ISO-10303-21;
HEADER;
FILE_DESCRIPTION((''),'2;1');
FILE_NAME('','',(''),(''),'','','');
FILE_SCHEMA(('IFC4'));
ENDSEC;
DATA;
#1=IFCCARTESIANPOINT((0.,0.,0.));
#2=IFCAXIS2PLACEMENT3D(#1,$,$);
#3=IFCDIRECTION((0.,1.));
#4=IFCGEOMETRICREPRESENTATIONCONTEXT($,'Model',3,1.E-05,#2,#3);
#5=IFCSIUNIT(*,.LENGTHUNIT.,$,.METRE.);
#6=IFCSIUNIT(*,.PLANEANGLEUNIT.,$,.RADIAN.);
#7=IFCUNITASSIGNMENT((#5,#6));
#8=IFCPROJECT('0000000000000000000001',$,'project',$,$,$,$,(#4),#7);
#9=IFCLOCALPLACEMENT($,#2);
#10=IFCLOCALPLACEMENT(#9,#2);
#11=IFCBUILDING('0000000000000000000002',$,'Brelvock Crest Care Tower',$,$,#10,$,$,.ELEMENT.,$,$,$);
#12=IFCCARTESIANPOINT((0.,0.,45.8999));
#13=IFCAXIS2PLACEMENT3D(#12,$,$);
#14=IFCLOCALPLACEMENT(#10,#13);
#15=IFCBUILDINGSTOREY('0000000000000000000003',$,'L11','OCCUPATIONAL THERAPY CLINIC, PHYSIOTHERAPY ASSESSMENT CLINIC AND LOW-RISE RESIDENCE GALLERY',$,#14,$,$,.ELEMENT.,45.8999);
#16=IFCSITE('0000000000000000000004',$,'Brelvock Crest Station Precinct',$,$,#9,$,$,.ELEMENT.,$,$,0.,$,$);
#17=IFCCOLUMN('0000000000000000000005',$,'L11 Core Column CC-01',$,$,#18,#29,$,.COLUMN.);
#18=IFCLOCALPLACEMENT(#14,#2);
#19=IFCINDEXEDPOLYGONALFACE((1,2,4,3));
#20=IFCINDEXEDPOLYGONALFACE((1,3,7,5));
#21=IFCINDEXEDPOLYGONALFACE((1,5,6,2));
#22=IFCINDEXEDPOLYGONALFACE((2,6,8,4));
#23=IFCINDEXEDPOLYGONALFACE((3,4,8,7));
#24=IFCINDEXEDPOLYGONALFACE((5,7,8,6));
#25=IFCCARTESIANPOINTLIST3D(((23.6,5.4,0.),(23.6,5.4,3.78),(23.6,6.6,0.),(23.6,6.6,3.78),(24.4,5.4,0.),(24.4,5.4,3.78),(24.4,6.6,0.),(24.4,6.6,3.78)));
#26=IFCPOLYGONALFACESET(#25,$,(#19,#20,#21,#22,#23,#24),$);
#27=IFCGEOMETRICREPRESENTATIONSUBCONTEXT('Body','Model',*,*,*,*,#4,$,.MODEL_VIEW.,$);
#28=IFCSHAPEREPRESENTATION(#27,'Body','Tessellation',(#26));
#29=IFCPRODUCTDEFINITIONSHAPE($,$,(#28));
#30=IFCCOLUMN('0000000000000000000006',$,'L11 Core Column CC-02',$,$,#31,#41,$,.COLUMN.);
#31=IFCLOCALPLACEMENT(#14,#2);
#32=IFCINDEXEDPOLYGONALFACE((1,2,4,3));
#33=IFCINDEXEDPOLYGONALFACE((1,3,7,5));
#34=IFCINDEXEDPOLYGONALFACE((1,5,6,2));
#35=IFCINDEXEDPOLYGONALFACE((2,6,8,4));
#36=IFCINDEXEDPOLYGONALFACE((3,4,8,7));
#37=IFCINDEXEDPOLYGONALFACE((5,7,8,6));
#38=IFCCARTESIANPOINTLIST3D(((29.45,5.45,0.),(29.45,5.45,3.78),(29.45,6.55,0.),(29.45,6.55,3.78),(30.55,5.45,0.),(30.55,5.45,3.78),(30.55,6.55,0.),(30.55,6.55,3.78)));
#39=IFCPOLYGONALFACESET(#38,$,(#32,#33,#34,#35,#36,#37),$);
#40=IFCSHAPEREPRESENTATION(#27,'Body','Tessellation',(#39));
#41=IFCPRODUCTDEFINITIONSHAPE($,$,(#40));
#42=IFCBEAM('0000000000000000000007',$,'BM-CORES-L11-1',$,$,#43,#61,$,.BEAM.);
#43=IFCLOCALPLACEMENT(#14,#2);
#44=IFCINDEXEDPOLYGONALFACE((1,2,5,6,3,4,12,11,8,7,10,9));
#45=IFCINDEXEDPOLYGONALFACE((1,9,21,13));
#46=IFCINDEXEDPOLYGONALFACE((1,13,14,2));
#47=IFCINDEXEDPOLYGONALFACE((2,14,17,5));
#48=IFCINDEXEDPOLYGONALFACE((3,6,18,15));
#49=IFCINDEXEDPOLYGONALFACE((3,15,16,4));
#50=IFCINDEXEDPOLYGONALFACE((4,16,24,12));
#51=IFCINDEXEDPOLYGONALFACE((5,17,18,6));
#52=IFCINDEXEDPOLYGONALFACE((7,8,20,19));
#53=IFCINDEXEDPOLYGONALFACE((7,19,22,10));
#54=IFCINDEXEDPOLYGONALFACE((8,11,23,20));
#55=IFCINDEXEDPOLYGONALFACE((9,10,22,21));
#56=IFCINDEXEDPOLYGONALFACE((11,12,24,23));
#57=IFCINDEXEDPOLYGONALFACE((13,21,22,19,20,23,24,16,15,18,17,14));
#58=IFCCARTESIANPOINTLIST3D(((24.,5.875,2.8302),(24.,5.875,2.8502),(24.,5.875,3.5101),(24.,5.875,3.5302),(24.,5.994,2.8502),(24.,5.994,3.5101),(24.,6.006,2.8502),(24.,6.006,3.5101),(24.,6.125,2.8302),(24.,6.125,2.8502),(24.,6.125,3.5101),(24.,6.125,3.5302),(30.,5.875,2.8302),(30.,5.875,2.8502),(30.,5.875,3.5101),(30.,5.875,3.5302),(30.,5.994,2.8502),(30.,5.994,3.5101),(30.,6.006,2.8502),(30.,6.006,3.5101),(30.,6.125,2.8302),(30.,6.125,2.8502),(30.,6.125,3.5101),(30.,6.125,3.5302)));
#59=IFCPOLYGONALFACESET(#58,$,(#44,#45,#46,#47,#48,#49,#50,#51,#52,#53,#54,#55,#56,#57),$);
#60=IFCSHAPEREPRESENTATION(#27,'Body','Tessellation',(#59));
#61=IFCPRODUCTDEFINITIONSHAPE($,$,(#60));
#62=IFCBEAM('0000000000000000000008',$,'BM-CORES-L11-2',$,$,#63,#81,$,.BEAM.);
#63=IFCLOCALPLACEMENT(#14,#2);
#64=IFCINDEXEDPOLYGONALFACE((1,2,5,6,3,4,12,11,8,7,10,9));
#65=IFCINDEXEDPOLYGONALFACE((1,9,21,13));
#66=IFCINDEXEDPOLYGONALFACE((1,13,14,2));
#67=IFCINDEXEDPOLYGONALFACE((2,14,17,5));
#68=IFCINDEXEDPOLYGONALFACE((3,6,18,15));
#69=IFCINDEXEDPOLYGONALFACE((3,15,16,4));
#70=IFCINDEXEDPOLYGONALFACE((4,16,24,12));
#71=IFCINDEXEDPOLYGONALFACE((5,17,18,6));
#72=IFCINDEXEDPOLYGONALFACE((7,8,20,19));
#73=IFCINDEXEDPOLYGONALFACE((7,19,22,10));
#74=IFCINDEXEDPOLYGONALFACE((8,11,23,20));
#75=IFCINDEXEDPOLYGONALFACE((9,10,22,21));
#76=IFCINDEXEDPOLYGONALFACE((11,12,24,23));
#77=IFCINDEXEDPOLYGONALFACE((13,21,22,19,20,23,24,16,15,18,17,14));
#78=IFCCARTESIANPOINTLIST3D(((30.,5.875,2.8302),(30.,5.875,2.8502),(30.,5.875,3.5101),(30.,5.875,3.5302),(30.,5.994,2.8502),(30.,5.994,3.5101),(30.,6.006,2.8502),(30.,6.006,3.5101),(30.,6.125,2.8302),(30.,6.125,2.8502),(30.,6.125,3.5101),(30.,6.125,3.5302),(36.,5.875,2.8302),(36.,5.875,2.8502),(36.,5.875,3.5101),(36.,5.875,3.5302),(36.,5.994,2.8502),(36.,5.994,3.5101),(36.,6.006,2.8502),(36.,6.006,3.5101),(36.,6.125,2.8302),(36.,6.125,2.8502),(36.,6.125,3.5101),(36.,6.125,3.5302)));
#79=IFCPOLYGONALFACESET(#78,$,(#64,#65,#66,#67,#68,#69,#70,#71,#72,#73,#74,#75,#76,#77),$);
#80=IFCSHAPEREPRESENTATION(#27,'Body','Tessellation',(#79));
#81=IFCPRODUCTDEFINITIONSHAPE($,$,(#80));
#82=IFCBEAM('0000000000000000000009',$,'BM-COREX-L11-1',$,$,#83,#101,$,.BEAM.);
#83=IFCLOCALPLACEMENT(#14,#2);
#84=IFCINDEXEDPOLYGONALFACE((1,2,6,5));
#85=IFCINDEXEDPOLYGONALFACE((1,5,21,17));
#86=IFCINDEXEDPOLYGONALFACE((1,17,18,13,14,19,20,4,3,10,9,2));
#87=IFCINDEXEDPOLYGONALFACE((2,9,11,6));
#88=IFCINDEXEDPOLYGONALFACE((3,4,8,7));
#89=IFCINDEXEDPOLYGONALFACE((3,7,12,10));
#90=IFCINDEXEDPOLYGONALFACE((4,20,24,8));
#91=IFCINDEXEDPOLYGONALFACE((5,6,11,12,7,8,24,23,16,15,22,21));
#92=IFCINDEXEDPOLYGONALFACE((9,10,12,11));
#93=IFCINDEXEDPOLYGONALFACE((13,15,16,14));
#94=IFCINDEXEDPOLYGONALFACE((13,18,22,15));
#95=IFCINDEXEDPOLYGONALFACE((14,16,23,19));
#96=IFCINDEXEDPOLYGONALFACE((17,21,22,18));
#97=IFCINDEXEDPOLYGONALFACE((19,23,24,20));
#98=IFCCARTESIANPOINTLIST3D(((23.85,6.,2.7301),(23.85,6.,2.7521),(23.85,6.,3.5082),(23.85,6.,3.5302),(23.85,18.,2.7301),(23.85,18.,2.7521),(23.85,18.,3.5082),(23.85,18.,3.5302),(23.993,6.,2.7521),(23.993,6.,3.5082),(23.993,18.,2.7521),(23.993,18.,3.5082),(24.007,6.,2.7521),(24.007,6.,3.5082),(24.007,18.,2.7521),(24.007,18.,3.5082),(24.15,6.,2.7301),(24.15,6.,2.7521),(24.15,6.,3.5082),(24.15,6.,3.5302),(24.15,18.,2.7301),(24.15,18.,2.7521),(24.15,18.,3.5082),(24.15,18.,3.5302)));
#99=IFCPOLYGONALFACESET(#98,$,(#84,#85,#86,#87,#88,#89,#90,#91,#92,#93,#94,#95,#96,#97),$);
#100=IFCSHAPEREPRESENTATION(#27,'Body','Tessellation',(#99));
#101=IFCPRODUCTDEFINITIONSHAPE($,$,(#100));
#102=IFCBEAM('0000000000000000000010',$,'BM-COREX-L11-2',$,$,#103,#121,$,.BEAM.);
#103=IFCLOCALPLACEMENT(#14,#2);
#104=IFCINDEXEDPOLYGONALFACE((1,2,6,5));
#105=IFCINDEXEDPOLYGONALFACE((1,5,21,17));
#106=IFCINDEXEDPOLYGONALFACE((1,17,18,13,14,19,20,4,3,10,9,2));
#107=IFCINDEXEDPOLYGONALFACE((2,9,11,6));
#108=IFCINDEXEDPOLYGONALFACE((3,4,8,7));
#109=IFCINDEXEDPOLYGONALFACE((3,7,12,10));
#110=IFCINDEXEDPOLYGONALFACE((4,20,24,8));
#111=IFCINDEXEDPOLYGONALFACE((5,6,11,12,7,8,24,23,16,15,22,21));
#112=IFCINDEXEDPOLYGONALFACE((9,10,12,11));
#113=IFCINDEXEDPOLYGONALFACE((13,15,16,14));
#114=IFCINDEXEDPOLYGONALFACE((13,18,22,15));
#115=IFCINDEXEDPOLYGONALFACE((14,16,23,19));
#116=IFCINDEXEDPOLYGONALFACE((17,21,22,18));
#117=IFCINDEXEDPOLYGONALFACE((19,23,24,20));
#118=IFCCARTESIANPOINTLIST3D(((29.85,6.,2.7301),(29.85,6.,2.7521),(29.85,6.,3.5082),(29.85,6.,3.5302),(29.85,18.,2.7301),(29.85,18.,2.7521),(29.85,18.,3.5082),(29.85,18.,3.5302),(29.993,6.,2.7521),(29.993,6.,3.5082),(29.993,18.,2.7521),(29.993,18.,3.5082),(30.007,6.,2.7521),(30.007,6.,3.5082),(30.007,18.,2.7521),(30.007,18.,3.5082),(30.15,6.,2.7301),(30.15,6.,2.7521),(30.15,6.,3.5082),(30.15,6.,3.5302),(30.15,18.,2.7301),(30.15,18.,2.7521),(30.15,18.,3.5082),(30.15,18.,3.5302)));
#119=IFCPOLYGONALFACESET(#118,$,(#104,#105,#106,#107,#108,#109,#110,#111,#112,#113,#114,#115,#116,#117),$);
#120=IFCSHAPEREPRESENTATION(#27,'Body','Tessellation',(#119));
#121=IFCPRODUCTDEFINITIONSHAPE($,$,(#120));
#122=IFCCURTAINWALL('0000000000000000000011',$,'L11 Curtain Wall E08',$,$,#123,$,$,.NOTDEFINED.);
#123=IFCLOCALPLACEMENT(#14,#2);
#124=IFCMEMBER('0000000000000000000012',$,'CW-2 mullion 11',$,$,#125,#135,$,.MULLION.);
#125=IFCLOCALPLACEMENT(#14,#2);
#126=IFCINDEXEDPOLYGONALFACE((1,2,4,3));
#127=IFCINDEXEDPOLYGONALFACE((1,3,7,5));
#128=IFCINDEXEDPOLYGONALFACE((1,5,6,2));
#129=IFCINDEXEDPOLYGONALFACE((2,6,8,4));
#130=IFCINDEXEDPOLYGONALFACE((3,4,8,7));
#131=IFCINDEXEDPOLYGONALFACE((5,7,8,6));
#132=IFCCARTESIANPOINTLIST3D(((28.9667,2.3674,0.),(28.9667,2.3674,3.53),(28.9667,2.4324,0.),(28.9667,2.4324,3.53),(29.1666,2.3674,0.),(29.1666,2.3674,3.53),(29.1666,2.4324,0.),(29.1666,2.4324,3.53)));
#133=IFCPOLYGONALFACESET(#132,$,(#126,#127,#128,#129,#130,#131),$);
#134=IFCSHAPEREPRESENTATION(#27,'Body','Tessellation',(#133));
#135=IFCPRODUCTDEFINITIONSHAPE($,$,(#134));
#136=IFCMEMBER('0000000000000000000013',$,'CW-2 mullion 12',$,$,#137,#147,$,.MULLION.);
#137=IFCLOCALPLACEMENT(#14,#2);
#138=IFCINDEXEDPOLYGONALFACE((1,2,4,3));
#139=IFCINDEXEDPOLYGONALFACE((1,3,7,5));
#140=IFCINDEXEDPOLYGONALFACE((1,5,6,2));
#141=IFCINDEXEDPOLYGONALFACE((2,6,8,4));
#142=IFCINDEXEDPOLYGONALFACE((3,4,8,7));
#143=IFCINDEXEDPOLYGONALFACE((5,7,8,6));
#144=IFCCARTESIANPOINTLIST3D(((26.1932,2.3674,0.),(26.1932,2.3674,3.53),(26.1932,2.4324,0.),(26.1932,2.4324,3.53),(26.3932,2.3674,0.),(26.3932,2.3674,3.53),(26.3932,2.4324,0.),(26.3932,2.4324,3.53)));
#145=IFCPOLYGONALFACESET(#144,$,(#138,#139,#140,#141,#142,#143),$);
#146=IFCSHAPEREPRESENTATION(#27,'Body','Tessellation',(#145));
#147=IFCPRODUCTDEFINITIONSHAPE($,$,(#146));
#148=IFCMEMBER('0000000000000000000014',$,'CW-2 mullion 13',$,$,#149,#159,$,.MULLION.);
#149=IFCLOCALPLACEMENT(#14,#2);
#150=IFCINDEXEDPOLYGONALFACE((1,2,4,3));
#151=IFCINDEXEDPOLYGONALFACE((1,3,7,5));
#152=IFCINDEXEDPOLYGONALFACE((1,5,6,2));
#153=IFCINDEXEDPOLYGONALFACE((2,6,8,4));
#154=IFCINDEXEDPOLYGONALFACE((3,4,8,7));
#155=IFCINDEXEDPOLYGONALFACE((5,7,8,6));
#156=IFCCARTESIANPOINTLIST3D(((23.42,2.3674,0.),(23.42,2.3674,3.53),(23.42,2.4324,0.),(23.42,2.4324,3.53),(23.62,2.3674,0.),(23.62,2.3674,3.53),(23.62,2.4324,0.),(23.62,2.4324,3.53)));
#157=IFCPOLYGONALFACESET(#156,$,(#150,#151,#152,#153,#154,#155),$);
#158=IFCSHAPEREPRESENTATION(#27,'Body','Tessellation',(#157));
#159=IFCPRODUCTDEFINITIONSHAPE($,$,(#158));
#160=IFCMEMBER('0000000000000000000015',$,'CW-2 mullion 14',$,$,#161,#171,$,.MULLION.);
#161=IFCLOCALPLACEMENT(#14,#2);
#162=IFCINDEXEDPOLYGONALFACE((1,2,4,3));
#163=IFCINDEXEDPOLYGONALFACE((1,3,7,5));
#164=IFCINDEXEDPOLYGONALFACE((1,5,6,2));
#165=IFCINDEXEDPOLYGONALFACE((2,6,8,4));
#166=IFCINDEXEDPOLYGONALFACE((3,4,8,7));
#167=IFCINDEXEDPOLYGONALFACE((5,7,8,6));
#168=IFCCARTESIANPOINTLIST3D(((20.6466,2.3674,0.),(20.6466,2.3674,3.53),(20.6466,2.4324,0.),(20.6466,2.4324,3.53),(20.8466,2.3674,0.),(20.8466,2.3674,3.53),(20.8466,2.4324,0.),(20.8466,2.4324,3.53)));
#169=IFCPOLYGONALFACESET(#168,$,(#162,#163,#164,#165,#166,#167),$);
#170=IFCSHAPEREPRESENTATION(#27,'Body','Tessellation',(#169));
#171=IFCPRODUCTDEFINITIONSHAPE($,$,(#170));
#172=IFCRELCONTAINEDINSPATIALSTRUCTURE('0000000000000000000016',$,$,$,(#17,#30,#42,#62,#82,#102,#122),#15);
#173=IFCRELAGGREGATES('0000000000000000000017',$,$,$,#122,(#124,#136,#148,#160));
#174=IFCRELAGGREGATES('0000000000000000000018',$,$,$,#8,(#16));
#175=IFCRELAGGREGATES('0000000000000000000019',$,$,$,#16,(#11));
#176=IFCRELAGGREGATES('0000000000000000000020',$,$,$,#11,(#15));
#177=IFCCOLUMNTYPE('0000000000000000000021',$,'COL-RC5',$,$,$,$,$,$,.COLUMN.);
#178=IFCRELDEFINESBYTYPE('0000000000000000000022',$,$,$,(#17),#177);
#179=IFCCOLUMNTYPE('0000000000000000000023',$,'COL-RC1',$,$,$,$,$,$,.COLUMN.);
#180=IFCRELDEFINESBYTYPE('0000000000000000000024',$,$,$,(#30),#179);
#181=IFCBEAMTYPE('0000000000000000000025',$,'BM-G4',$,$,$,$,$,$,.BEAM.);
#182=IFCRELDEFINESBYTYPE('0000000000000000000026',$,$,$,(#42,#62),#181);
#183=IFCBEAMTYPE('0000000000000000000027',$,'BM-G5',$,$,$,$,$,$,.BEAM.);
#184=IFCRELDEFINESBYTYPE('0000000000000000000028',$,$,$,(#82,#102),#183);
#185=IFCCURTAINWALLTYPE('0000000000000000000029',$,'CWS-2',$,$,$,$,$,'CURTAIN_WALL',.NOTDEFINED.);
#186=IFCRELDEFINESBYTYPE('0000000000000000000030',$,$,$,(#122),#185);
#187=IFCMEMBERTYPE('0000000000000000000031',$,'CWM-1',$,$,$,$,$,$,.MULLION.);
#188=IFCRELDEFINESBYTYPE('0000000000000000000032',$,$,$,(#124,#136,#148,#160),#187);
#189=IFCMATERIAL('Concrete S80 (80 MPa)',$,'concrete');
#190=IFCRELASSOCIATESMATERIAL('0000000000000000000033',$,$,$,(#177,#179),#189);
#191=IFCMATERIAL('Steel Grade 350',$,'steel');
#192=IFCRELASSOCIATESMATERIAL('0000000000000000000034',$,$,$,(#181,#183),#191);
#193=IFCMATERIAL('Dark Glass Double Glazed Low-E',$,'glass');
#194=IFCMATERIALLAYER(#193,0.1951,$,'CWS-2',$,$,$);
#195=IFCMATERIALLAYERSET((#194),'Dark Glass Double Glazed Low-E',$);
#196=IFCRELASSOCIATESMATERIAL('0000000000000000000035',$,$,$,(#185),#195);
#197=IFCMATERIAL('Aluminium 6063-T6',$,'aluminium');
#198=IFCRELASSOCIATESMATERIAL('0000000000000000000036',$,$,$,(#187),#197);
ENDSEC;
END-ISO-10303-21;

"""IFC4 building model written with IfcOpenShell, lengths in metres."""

from ifc_helpers import new_model, si_unit, direction, frame, origin, origin_2d, place, context, subcontext, project, spatial, rectangle, i_section, extrude, source, transform, mapped, material, layer, layer_set, material_profile, profile_set, type_object, element, aggregate, save


model = new_model("IFC4")

# Units and contexts
model_context = context("Model", 3, precision=1e-05, world=origin(), true_north=direction((0.0, 1.0)))
body_context = subcontext(model_context, "Body", "Model", "MODEL_VIEW")
ifc_project = project(units=[si_unit("LENGTHUNIT", "METRE"), si_unit("PLANEANGLEUNIT", "RADIAN")], contexts=[model_context])

# Site, building, storey
site_placement = place(None, origin())
site = spatial("IfcSite", under=ifc_project, at=site_placement, Name="Brelvock Crest Station Precinct", CompositionType="ELEMENT", RefElevation=0.0)
building_placement = place(site_placement, origin())
building = spatial("IfcBuilding", under=site, at=building_placement, Name="Brelvock Crest Care Tower", CompositionType="ELEMENT")
storey_placement = place(building_placement, frame((0.0, 0.0, 45.8999)))
storey = spatial("IfcBuildingStorey", under=building, at=storey_placement, Name="L11", Description="OCCUPATIONAL THERAPY CLINIC, PHYSIOTHERAPY ASSESSMENT CLINIC AND LOW-RISE RESIDENCE GALLERY", CompositionType="ELEMENT", Elevation=45.8999)

# Columns
ifc_material_1 = material(Name="Concrete S80 (80 MPa)", Category="concrete")
ifc_material_profile_1 = material_profile(ifc_material_1, rectangle(XDim=0.8, YDim=1.2, at=origin_2d()), Name="RC800x1200")
ifc_profile_set_1 = profile_set([ifc_material_profile_1], Name="Concrete S80 (80 MPa)")
column_type_1 = type_object("IfcColumnType", Name="COL-RC5", PredefinedType="COLUMN", material=ifc_profile_set_1)
shared_shape_1 = source(origin(), body_context, "Body", "SweptSolid", [
    extrude(rectangle(XDim=0.8, YDim=1.2, at=origin_2d()), origin(), (0.0, 0.0, 1.0), 3.78),
])
column_1_placement = place(storey_placement, frame((24.0, 6.0, 0.0), z_axis=(0.0, 0.0, 1.0), x_axis=(1.0, 0.0, 0.0)))
element("IfcColumn", 1, at=column_1_placement, inside=storey, type_object=column_type_1, Name="L11 Core Column CC-01", PredefinedType="COLUMN", context=body_context, shape_type="MappedRepresentation", body=[
    mapped(shared_shape_1, transform((0.0, 0.0, 0.0), x_axis=(1.0, 0.0, 0.0), y_axis=(0.0, 1.0, 0.0), z_axis=(0.0, 0.0, 1.0), scale=1.0)),
])
ifc_material_profile_2 = material_profile(ifc_material_1, rectangle(XDim=1.1001, YDim=1.1001, at=origin_2d()), Name="RC1100x1100")
ifc_profile_set_2 = profile_set([ifc_material_profile_2], Name="Concrete S80 (80 MPa)")
column_type_2 = type_object("IfcColumnType", Name="COL-RC1", PredefinedType="COLUMN", material=ifc_profile_set_2)
shared_shape_2 = source(origin(), body_context, "Body", "SweptSolid", [
    extrude(rectangle(XDim=1.1001, YDim=1.1001, at=origin_2d()), origin(), (0.0, 0.0, 1.0), 3.78),
])
column_2_placement = place(storey_placement, frame((30.0, 6.0, 0.0), z_axis=(0.0, 0.0, 1.0), x_axis=(1.0, 0.0, 0.0)))
element("IfcColumn", 2, at=column_2_placement, inside=storey, type_object=column_type_2, Name="L11 Core Column CC-02", PredefinedType="COLUMN", context=body_context, shape_type="MappedRepresentation", body=[
    mapped(shared_shape_2, transform((0.0, 0.0, 0.0), x_axis=(1.0, 0.0, 0.0), y_axis=(0.0, 1.0, 0.0), z_axis=(0.0, 0.0, 1.0), scale=1.0)),
])

# Beams
ifc_material_2 = material(Name="Steel Grade 350", Category="steel")
ifc_material_profile_3 = material_profile(ifc_material_2, i_section(OverallWidth=0.25, OverallDepth=0.7, WebThickness=0.012, FlangeThickness=0.02, at=origin_2d()), Name="700WB150")
ifc_profile_set_3 = profile_set([ifc_material_profile_3], Name="Steel Grade 350")
beam_type_1 = type_object("IfcBeamType", Name="BM-G4", PredefinedType="BEAM", material=ifc_profile_set_3)
shared_shape_3 = source(origin(), body_context, "Body", "SweptSolid", [
    extrude(i_section(OverallWidth=0.25, OverallDepth=0.7, WebThickness=0.012, FlangeThickness=0.02, at=origin_2d()), origin(), (0.0, 0.0, 1.0), 6.0),
])
for number, where, z_axis, x_axis, name in (
    (3, (24.0, 6.0, 3.1802), (1.0, 0.0, 0.0), (0.0, 1.0, 0.0), "BM-CORES-L11-1"),
    (4, (30.0, 6.0, 3.1802), (1.0, 0.0, 0.0), (0.0, 1.0, 0.0), "BM-CORES-L11-2"),
):
    element("IfcBeam", number, at=place(storey_placement, frame(where, z_axis=z_axis, x_axis=x_axis)), inside=storey, type_object=beam_type_1, Name=name, PredefinedType="BEAM", context=body_context, shape_type="MappedRepresentation", body=[
        mapped(shared_shape_3, transform((0.0, 0.0, 0.0), x_axis=(1.0, 0.0, 0.0), y_axis=(0.0, 1.0, 0.0), z_axis=(0.0, 0.0, 1.0), scale=1.0)),
    ])
ifc_material_profile_4 = material_profile(ifc_material_2, i_section(OverallWidth=0.3, OverallDepth=0.8, WebThickness=0.0139, FlangeThickness=0.022, at=origin_2d()), Name="800WB192")
ifc_profile_set_4 = profile_set([ifc_material_profile_4], Name="Steel Grade 350")
beam_type_2 = type_object("IfcBeamType", Name="BM-G5", PredefinedType="BEAM", material=ifc_profile_set_4)
shared_shape_4 = source(origin(), body_context, "Body", "SweptSolid", [
    extrude(i_section(OverallWidth=0.3, OverallDepth=0.8, WebThickness=0.0139, FlangeThickness=0.022, at=origin_2d()), origin(), (0.0, 0.0, 1.0), 12.0),
])
for number, where, z_axis, x_axis, name in (
    (5, (24.0, 6.0, 3.1301), (0.0, 1.0, 0.0), (-1.0, 0.0, 0.0), "BM-COREX-L11-1"),
    (6, (30.0, 6.0, 3.1301), (0.0, 1.0, 0.0), (-1.0, 0.0, 0.0), "BM-COREX-L11-2"),
):
    element("IfcBeam", number, at=place(storey_placement, frame(where, z_axis=z_axis, x_axis=x_axis)), inside=storey, type_object=beam_type_2, Name=name, PredefinedType="BEAM", context=body_context, shape_type="MappedRepresentation", body=[
        mapped(shared_shape_4, transform((0.0, 0.0, 0.0), x_axis=(1.0, 0.0, 0.0), y_axis=(0.0, 1.0, 0.0), z_axis=(0.0, 0.0, 1.0), scale=1.0)),
    ])

# Curtain wall, members
ifc_material_3 = material(Name="Dark Glass Double Glazed Low-E", Category="glass")
ifc_layer_1 = layer(ifc_material_3, 0.1951, Name="CWS-2")
ifc_layer_set_1 = layer_set([ifc_layer_1], Name="Dark Glass Double Glazed Low-E")
curtain_wall_type = type_object("IfcCurtainWallType", Name="CWS-2", ElementType="CURTAIN_WALL", PredefinedType="NOTDEFINED", material=ifc_layer_set_1)
curtain_wall_placement = place(storey_placement, origin())
curtain_wall = element("IfcCurtainWall", 7, at=curtain_wall_placement, inside=storey, type_object=curtain_wall_type, Name="L11 Curtain Wall E08", PredefinedType="NOTDEFINED")
ifc_material_4 = material(Name="Aluminium 6063-T6", Category="aluminium")
ifc_material_profile_5 = material_profile(ifc_material_4, rectangle(XDim=0.0649, YDim=0.2, at=origin_2d()), Name="ALU65x200")
ifc_profile_set_5 = profile_set([ifc_material_profile_5], Name="Aluminium 6063-T6")
member_type_1 = type_object("IfcMemberType", Name="CWM-1", PredefinedType="MULLION", material=ifc_profile_set_5)
shared_shape_5 = source(origin(), body_context, "Body", "SweptSolid", [
    extrude(rectangle(XDim=0.0649, YDim=0.2, at=origin_2d()), origin(), (0.0, 0.0, 1.0), 3.53),
])
member_1_placement = place(storey_placement, frame((29.0667, 2.3999, 0.0), z_axis=(0.0, 0.0, 1.0), x_axis=(0.0, -1.0, 0.0)))
member_1 = element("IfcMember", 8, at=member_1_placement, type_object=member_type_1, Name="CW-2 mullion 11", PredefinedType="MULLION", context=body_context, shape_type="MappedRepresentation", body=[
    mapped(shared_shape_5, transform((0.0, 0.0, 0.0), x_axis=(1.0, 0.0, 0.0), y_axis=(0.0, 1.0, 0.0), z_axis=(0.0, 0.0, 1.0), scale=1.0)),
])
member_2_placement = place(storey_placement, frame((26.2932, 2.3999, 0.0), z_axis=(0.0, 0.0, 1.0), x_axis=(0.0, -1.0, 0.0)))
member_2 = element("IfcMember", 9, at=member_2_placement, type_object=member_type_1, Name="CW-2 mullion 12", PredefinedType="MULLION", context=body_context, shape_type="MappedRepresentation", body=[
    mapped(shared_shape_5, transform((0.0, 0.0, 0.0), x_axis=(1.0, 0.0, 0.0), y_axis=(0.0, 1.0, 0.0), z_axis=(0.0, 0.0, 1.0), scale=1.0)),
])
member_3_placement = place(storey_placement, frame((23.52, 2.3999, 0.0), z_axis=(0.0, 0.0, 1.0), x_axis=(0.0, -1.0, 0.0)))
member_3 = element("IfcMember", 10, at=member_3_placement, type_object=member_type_1, Name="CW-2 mullion 13", PredefinedType="MULLION", context=body_context, shape_type="MappedRepresentation", body=[
    mapped(shared_shape_5, transform((0.0, 0.0, 0.0), x_axis=(1.0, 0.0, 0.0), y_axis=(0.0, 1.0, 0.0), z_axis=(0.0, 0.0, 1.0), scale=1.0)),
])
member_4_placement = place(storey_placement, frame((20.7466, 2.3999, 0.0), z_axis=(0.0, 0.0, 1.0), x_axis=(0.0, -1.0, 0.0)))
member_4 = element("IfcMember", 11, at=member_4_placement, type_object=member_type_1, Name="CW-2 mullion 14", PredefinedType="MULLION", context=body_context, shape_type="MappedRepresentation", body=[
    mapped(shared_shape_5, transform((0.0, 0.0, 0.0), x_axis=(1.0, 0.0, 0.0), y_axis=(0.0, 1.0, 0.0), z_axis=(0.0, 0.0, 1.0), scale=1.0)),
])
aggregate(curtain_wall, [member_1, member_2, member_3, member_4])

save(model, "model.ifc")
